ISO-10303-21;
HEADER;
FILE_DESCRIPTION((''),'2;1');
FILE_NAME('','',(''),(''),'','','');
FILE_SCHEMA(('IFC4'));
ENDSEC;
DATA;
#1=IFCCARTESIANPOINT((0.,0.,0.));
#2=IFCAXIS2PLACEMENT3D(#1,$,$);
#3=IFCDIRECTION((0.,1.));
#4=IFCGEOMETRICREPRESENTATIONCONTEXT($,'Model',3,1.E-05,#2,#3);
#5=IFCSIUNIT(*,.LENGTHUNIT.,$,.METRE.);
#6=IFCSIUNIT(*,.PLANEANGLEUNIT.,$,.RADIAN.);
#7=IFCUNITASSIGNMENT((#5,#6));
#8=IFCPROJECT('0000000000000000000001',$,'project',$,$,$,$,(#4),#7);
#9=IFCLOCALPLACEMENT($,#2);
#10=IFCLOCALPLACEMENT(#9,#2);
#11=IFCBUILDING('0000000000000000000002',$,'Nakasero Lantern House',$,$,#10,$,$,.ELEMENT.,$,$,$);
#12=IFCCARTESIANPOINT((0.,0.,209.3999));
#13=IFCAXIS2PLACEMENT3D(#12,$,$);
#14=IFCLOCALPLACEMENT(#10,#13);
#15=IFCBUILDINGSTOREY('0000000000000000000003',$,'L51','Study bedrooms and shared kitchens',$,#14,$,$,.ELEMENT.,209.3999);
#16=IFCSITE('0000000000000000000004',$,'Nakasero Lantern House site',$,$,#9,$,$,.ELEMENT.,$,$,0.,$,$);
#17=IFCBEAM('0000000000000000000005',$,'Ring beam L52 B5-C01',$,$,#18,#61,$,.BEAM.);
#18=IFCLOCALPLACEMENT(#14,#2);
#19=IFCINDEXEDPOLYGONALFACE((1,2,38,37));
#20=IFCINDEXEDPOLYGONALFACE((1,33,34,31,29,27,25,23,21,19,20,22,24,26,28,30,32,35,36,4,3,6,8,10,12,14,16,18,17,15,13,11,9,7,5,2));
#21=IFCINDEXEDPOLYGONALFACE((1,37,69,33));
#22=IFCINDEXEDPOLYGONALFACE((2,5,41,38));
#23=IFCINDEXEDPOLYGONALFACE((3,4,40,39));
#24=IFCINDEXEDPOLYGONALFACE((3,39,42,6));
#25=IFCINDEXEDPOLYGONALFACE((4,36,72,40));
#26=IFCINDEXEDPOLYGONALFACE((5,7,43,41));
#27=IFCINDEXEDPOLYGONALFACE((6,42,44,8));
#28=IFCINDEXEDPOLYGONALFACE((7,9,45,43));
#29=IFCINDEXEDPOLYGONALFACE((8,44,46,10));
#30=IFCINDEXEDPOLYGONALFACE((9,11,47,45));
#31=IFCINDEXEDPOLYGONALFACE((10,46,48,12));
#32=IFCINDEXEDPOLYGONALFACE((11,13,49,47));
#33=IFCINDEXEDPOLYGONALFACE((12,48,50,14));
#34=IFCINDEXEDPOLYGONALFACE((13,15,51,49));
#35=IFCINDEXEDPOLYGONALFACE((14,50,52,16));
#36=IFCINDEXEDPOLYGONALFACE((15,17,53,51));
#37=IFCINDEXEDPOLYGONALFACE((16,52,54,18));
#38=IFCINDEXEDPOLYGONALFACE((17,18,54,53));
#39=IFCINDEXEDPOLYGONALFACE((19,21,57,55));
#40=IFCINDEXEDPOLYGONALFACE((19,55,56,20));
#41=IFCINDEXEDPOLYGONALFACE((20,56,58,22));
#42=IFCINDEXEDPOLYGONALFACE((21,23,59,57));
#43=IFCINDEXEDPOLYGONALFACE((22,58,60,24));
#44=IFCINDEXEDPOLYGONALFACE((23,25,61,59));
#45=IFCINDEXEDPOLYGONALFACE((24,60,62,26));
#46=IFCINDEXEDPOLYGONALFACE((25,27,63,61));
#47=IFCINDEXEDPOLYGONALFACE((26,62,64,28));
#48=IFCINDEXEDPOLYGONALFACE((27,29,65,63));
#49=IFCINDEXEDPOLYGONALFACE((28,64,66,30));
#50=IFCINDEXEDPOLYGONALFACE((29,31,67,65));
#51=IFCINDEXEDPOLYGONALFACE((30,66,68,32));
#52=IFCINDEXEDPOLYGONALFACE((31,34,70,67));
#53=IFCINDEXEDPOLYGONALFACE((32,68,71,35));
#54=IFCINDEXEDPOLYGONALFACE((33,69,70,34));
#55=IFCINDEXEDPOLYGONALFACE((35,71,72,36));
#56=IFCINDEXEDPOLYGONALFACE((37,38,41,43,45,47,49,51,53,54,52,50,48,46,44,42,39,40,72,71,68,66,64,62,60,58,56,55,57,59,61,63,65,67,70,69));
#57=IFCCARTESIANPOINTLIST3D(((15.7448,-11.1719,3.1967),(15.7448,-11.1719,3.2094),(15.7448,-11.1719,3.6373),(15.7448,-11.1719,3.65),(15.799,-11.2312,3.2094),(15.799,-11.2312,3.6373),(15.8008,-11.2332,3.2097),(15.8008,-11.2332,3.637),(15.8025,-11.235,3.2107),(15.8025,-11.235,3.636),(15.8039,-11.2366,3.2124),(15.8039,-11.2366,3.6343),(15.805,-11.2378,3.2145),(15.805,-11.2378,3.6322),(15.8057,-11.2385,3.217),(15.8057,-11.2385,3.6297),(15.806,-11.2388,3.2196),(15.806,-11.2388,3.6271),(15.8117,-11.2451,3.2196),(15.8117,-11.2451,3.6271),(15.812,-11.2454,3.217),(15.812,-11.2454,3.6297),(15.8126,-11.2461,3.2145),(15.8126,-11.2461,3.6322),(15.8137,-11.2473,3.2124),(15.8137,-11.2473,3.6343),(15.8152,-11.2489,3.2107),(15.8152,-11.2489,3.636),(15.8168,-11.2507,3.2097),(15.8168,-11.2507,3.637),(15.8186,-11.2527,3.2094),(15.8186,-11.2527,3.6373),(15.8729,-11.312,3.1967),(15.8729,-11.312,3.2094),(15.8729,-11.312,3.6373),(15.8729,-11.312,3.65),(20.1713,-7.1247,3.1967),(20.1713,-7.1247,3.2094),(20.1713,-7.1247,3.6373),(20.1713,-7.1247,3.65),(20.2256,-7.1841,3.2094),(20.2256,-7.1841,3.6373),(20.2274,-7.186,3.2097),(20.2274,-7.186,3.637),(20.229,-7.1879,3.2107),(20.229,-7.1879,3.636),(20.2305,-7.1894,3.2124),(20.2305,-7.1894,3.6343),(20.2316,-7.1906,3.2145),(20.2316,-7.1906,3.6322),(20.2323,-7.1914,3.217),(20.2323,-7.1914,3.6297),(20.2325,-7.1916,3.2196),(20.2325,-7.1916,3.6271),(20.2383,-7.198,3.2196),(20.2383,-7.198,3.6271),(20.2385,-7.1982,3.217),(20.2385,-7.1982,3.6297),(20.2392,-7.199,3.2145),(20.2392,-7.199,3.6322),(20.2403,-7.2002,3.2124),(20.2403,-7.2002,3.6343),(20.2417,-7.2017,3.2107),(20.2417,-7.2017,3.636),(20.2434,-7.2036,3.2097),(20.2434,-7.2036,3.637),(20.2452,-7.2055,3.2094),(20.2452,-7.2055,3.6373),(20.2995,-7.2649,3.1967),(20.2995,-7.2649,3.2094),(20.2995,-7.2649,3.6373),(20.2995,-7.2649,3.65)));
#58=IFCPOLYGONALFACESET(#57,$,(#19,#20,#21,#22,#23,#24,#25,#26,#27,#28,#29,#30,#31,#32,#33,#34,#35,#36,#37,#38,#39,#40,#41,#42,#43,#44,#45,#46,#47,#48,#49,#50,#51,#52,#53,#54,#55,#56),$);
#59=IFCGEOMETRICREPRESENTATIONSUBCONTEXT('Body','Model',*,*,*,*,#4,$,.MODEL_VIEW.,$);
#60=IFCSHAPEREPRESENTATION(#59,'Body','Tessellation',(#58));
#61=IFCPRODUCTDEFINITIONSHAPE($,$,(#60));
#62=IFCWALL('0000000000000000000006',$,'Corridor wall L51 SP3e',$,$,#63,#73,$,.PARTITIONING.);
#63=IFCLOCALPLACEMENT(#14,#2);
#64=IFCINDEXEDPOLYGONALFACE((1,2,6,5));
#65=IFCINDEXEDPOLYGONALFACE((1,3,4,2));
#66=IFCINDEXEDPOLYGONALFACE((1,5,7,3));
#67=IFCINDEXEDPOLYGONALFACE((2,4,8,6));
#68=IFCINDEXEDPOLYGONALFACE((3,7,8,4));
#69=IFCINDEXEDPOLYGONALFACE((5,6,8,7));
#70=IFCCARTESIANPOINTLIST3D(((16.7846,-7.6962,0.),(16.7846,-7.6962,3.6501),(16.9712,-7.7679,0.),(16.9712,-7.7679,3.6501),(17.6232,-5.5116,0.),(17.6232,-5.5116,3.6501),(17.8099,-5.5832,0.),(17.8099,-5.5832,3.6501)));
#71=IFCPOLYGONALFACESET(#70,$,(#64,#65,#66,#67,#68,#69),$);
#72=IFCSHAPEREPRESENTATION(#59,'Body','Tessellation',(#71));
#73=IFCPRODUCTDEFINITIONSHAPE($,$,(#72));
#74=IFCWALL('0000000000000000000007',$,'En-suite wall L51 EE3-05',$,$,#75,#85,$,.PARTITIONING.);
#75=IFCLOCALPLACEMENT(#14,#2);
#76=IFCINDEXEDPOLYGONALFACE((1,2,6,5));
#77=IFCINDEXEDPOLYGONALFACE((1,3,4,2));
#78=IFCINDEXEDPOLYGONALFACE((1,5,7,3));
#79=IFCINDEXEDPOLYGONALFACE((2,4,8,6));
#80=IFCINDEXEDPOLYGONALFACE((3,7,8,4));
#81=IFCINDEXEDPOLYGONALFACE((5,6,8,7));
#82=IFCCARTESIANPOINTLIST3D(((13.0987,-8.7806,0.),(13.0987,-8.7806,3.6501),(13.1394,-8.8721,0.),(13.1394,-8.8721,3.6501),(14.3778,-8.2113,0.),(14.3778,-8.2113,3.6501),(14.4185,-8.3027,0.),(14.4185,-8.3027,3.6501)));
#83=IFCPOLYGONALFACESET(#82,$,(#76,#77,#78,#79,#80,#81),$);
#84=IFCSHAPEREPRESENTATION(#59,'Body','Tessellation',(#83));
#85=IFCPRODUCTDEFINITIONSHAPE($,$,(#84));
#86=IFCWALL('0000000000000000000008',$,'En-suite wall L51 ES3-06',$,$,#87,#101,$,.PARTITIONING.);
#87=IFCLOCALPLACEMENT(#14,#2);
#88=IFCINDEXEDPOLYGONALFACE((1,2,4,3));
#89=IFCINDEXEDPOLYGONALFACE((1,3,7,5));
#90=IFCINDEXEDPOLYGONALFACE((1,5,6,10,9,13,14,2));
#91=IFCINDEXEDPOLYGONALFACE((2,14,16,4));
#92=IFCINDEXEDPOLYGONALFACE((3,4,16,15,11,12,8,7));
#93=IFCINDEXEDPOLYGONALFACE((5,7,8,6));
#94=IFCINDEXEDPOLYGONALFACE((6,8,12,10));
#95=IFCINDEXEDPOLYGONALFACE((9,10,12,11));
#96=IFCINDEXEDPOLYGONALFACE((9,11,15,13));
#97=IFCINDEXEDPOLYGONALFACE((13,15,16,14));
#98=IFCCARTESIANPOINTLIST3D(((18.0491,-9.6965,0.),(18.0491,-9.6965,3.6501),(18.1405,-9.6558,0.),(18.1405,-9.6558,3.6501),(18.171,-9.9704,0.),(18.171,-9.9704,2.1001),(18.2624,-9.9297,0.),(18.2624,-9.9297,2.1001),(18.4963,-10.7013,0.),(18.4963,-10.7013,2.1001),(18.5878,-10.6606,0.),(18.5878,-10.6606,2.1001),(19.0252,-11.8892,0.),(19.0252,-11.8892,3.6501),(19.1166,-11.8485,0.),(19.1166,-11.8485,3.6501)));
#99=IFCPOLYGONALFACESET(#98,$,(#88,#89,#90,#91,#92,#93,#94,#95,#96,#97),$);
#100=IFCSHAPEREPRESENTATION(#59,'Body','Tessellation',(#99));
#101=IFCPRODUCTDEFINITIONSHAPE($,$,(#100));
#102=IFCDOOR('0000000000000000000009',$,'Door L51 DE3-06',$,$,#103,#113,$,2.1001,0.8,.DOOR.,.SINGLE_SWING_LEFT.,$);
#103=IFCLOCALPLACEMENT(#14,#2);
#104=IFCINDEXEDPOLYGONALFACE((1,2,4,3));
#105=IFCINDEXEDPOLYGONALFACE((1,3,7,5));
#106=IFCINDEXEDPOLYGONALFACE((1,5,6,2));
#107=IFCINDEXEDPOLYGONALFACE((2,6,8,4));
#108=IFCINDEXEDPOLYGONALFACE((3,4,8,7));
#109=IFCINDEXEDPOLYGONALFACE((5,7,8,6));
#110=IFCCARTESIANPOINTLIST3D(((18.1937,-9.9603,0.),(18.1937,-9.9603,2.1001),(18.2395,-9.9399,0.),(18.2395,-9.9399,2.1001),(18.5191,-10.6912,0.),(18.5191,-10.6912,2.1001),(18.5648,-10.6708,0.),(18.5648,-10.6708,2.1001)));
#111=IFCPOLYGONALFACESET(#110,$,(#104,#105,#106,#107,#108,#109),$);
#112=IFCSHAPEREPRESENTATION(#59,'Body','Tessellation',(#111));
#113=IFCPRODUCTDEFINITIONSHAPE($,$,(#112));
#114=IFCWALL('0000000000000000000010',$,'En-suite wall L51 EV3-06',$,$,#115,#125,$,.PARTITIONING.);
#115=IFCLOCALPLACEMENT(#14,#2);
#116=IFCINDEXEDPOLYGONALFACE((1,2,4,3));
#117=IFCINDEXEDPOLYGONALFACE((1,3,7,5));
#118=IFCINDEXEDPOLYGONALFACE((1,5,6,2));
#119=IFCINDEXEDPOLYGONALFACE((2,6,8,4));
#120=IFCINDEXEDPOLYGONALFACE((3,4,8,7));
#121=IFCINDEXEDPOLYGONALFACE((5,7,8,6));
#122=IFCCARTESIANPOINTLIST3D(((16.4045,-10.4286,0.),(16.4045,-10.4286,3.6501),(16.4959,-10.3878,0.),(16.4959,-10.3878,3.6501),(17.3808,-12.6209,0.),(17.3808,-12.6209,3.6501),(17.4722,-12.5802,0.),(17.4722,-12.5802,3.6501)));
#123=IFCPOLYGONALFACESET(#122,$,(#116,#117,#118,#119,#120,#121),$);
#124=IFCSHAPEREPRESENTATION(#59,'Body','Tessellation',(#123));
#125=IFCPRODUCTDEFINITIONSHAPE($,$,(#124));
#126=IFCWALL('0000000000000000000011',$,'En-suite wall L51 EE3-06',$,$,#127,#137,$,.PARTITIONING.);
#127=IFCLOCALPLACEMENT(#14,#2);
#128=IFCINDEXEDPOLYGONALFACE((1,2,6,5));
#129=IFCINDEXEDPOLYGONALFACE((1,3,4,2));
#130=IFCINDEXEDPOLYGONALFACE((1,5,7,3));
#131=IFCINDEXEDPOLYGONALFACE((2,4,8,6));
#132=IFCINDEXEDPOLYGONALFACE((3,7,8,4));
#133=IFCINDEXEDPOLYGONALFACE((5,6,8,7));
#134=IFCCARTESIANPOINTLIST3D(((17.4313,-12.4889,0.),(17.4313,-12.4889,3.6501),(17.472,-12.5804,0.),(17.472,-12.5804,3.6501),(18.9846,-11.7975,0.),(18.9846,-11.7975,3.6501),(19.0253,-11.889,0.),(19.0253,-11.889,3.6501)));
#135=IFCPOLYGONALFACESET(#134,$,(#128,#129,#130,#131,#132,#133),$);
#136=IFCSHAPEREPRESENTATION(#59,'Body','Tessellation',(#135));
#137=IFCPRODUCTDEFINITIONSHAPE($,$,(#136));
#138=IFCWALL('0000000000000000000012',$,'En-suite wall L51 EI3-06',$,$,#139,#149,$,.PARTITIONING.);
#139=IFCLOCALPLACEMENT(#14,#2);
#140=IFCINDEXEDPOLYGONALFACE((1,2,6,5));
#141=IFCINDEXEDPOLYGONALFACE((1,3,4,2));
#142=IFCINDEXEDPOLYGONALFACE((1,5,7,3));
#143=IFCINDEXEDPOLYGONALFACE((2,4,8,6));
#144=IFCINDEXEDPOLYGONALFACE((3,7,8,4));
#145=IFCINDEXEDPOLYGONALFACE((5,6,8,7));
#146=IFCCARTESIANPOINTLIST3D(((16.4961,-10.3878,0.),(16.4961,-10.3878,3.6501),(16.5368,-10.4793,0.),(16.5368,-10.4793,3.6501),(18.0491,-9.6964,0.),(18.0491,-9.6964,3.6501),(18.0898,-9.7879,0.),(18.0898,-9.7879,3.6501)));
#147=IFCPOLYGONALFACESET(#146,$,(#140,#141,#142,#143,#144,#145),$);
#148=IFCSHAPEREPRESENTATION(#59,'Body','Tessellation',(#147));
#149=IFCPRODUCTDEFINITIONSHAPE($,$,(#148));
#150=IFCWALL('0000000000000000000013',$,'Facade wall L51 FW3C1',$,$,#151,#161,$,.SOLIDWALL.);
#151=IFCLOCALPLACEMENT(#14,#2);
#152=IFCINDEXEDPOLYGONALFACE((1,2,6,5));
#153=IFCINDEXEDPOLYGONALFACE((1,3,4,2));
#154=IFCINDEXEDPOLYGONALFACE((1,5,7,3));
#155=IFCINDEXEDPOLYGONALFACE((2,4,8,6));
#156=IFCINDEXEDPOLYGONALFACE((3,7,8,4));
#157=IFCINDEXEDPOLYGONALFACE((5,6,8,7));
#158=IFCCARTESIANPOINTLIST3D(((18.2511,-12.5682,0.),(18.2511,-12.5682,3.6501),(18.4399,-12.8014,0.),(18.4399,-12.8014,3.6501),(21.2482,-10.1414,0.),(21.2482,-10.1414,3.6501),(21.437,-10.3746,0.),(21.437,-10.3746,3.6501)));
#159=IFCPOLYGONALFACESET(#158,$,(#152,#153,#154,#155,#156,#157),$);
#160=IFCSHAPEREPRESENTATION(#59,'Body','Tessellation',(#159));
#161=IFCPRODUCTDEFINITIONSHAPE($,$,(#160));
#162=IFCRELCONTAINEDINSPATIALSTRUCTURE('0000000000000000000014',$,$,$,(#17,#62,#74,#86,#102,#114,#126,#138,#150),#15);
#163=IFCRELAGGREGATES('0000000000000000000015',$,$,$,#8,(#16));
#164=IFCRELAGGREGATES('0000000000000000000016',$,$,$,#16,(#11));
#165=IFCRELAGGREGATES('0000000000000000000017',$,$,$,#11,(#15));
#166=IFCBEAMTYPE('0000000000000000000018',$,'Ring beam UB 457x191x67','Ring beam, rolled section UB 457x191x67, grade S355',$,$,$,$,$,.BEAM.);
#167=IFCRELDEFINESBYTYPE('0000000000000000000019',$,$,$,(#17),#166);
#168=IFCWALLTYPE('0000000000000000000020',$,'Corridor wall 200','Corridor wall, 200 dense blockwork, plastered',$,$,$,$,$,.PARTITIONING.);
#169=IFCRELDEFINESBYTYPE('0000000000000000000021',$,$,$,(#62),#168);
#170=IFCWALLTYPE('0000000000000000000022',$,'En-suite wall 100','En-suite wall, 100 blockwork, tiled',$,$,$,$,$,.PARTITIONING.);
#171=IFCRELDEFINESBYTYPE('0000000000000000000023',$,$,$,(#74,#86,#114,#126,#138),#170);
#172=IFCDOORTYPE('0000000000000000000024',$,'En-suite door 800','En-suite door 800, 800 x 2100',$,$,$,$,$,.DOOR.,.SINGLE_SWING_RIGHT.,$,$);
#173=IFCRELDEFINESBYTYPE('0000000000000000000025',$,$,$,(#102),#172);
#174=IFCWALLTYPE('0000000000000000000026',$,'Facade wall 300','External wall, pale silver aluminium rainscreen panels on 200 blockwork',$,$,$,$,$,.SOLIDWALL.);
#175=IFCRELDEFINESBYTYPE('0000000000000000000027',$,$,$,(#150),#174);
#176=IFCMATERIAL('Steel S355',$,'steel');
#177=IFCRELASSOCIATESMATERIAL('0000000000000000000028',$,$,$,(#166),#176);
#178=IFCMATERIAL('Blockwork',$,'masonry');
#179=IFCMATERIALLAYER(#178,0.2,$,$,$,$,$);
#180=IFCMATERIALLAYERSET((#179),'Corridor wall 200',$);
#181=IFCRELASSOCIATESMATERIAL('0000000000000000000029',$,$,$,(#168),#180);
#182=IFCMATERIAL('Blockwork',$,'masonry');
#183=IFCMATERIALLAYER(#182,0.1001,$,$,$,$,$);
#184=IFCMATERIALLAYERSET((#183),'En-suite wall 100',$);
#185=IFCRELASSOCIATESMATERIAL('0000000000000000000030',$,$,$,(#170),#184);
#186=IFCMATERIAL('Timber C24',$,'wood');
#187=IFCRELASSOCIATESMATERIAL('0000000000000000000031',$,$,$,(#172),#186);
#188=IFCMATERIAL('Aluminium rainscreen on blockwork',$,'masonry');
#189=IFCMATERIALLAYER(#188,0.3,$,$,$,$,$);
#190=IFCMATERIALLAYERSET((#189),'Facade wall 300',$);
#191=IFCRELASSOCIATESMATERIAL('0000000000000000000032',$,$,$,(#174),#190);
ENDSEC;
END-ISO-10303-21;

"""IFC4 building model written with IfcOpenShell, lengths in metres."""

from ifc_helpers import new_model, si_unit, direction, frame, frame_2d, origin, origin_2d, place, context, subcontext, project, spatial, rectangle, i_section, extrude, material, layer, layer_set, material_profile, profile_set, type_object, element, fill, save


model = new_model("IFC4")

# Units and contexts
model_context = context("Model", 3, precision=1e-05, world=origin(), true_north=direction((0.0, 1.0)))
body_context = subcontext(model_context, "Body", "Model", "MODEL_VIEW")
ifc_project = project(units=[si_unit("LENGTHUNIT", "METRE"), si_unit("PLANEANGLEUNIT", "RADIAN")], contexts=[model_context])

# Site, building, storey
site_placement = place(None, origin())
site = spatial("IfcSite", under=ifc_project, at=site_placement, Name="Nakasero Lantern House site", CompositionType="ELEMENT", RefElevation=0.0)
building_placement = place(site_placement, origin())
building = spatial("IfcBuilding", under=site, at=building_placement, Name="Nakasero Lantern House", CompositionType="ELEMENT")
storey_placement = place(building_placement, frame((0.0, 0.0, 209.3999)))
storey = spatial("IfcBuildingStorey", under=building, at=storey_placement, Name="L51", Description="Study bedrooms and shared kitchens", CompositionType="ELEMENT", Elevation=209.3999)

# Beam
ifc_material_1 = material(Name="Steel S355", Category="steel")
ifc_material_profile_1 = material_profile(ifc_material_1, i_section(OverallWidth=0.1899, OverallDepth=0.4534, WebThickness=0.0085, FlangeThickness=0.0127, FilletRadius=0.0103, at=origin_2d()), Name="UB 457x191x67")
ifc_profile_set_1 = profile_set([ifc_material_profile_1], Name="Steel S355")
beam_type_1 = type_object("IfcBeamType", Name="Ring beam UB 457x191x67", Description="Ring beam, rolled section UB 457x191x67, grade S355", PredefinedType="BEAM", material=ifc_profile_set_1)
beam_1_placement = place(storey_placement, frame((15.8088, -11.2419, 3.4233), z_axis=(0.738027, 0.674771, 0.0), x_axis=(-0.674771, 0.738027, 0.0)))
element("IfcBeam", 1, at=beam_1_placement, inside=storey, type_object=beam_type_1, Name="Ring beam L52 B5-C01", PredefinedType="BEAM", context=body_context, shape_type="SweptSolid", body=[
    extrude(i_section(OverallWidth=0.1899, OverallDepth=0.4534, WebThickness=0.0085, FlangeThickness=0.0127, FilletRadius=0.0103, at=origin_2d()), origin(), (0.0, 0.0, 1.0), 5.9978),
])

# Walls
ifc_material_2 = material(Name="Blockwork", Category="masonry")
ifc_layer_1 = layer(ifc_material_2, 0.2)
ifc_layer_set_1 = layer_set([ifc_layer_1], Name="Corridor wall 200")
wall_type_1 = type_object("IfcWallType", Name="Corridor wall 200", Description="Corridor wall, 200 dense blockwork, plastered", PredefinedType="PARTITIONING", material=ifc_layer_set_1)
wall_1_placement = place(storey_placement, frame((16.8779, -7.7319, 0.0), z_axis=(0.0, 0.0, 1.0), x_axis=(0.358385, 0.933574, 0.0)))
element("IfcWall", 2, at=wall_1_placement, inside=storey, type_object=wall_type_1, Name="Corridor wall L51 SP3e", PredefinedType="PARTITIONING", context=body_context, shape_type="SweptSolid", body=[
    extrude(rectangle(XDim=2.3401, YDim=0.2, at=frame_2d((1.1699, 0.0))), origin(), (0.0, 0.0, 1.0), 3.6501),
])
ifc_material_3 = material(Name="Blockwork", Category="masonry")
ifc_layer_2 = layer(ifc_material_3, 0.1001)
ifc_layer_set_2 = layer_set([ifc_layer_2], Name="En-suite wall 100")
wall_type_2 = type_object("IfcWallType", Name="En-suite wall 100", Description="En-suite wall, 100 blockwork, tiled", PredefinedType="PARTITIONING", material=ifc_layer_set_2)
wall_2_placement = place(storey_placement, frame((13.1189, -8.8264, 0.0), z_axis=(0.0, 0.0, 1.0), x_axis=(0.913581, 0.406656, 0.0)))
element("IfcWall", 3, at=wall_2_placement, inside=storey, type_object=wall_type_2, Name="En-suite wall L51 EE3-05", PredefinedType="PARTITIONING", context=body_context, shape_type="SweptSolid", body=[
    extrude(rectangle(XDim=1.4001, YDim=0.1001, at=frame_2d((0.7002, 0.0))), origin(), (0.0, 0.0, 1.0), 3.6501),
])

# Wall, opening, door
wall_3_placement = place(storey_placement, frame((18.0947, -9.676, 0.0), z_axis=(0.0, 0.0, 1.0), x_axis=(0.406686, -0.913568, 0.0)))
wall_3 = element("IfcWall", 4, at=wall_3_placement, inside=storey, type_object=wall_type_2, Name="En-suite wall L51 ES3-06", PredefinedType="PARTITIONING", context=body_context, shape_type="SweptSolid", body=[
    extrude(rectangle(XDim=2.4001, YDim=0.1001, at=frame_2d((1.2002, 0.0))), origin(), (0.0, 0.0, 1.0), 3.6501),
])
opening_1_placement = place(wall_3_placement, frame((0.3, 0.0, 0.0)))
opening_1 = element("IfcOpeningElement", 5, at=opening_1_placement, cuts=wall_3, PredefinedType="OPENING", context=body_context, shape_type="SweptSolid", body=[
    extrude(rectangle(XDim=0.8, YDim=2.1001, at=frame_2d((0.3999, 1.05))), frame((0.0, 0.0701, 0.0), z_axis=(0.0, -1.0, 0.0), x_axis=(1.0, 0.0, 0.0)), (0.0, 0.0, 1.0), 0.1401),
])
ifc_material_4 = material(Name="Timber C24", Category="wood")
door_type = type_object("IfcDoorType", Name="En-suite door 800", Description="En-suite door 800, 800 x 2100", OperationType="SINGLE_SWING_RIGHT", PredefinedType="DOOR", material=ifc_material_4)
door_placement = place(opening_1_placement, origin())
door = element("IfcDoor", 6, at=door_placement, inside=storey, type_object=door_type, Name="Door L51 DE3-06", OperationType="SINGLE_SWING_LEFT", OverallHeight=2.1001, OverallWidth=0.8, PredefinedType="DOOR", context=body_context, shape_type="SweptSolid", body=[
    extrude(rectangle(XDim=0.8, YDim=2.1001, at=frame_2d((0.3999, 1.05))), frame((0.0, 0.0249, 0.0), z_axis=(0.0, -1.0, 0.0), x_axis=(1.0, 0.0, 0.0)), (0.0, 0.0, 1.0), 0.05),
])
fill(opening_1, door)

# Walls
wall_4_placement = place(storey_placement, frame((16.4502, -10.4082, 0.0), z_axis=(0.0, 0.0, 1.0), x_axis=(0.406809, -0.913513, 0.0)))
element("IfcWall", 7, at=wall_4_placement, inside=storey, type_object=wall_type_2, Name="En-suite wall L51 EV3-06", PredefinedType="PARTITIONING", context=body_context, shape_type="SweptSolid", body=[
    extrude(rectangle(XDim=2.3999, YDim=0.1001, at=frame_2d((1.2, 0.0))), origin(), (0.0, 0.0, 1.0), 3.6501),
])
wall_5_placement = place(storey_placement, frame((17.4517, -12.5347, 0.0), z_axis=(0.0, 0.0, 1.0), x_axis=(0.913575, 0.406671, 0.0)))
element("IfcWall", 8, at=wall_5_placement, inside=storey, type_object=wall_type_2, Name="En-suite wall L51 EE3-06", PredefinedType="PARTITIONING", context=body_context, shape_type="SweptSolid", body=[
    extrude(rectangle(XDim=1.7002, YDim=0.1001, at=frame_2d((0.8501, 0.0))), origin(), (0.0, 0.0, 1.0), 3.6501),
])
wall_6_placement = place(storey_placement, frame((16.5164, -10.4336, 0.0), z_axis=(0.0, 0.0, 1.0), x_axis=(0.913551, 0.406725, 0.0)))
element("IfcWall", 9, at=wall_6_placement, inside=storey, type_object=wall_type_2, Name="En-suite wall L51 EI3-06", PredefinedType="PARTITIONING", context=body_context, shape_type="SweptSolid", body=[
    extrude(rectangle(XDim=1.7, YDim=0.1001, at=frame_2d((0.8501, 0.0))), origin(), (0.0, 0.0, 1.0), 3.6501),
])
ifc_material_5 = material(Name="Aluminium rainscreen on blockwork", Category="masonry")
ifc_layer_3 = layer(ifc_material_5, 0.3)
ifc_layer_set_3 = layer_set([ifc_layer_3], Name="Facade wall 300")
wall_type_3 = type_object("IfcWallType", Name="Facade wall 300", Description="External wall, pale silver aluminium rainscreen panels on 200 blockwork", PredefinedType="SOLIDWALL", material=ifc_layer_set_3)
wall_7_placement = place(storey_placement, frame((18.3455, -12.6848, 0.0), z_axis=(0.0, 0.0, 1.0), x_axis=(0.777174, 0.629286, 0.0)))
element("IfcWall", 10, at=wall_7_placement, inside=storey, type_object=wall_type_3, Name="Facade wall L51 FW3C1", PredefinedType="SOLIDWALL", context=body_context, shape_type="SweptSolid", body=[
    extrude(rectangle(XDim=3.8564, YDim=0.3, at=frame_2d((1.9282, 0.0))), origin(), (0.0, 0.0, 1.0), 3.6501),
])

save(model, "model.ifc")
